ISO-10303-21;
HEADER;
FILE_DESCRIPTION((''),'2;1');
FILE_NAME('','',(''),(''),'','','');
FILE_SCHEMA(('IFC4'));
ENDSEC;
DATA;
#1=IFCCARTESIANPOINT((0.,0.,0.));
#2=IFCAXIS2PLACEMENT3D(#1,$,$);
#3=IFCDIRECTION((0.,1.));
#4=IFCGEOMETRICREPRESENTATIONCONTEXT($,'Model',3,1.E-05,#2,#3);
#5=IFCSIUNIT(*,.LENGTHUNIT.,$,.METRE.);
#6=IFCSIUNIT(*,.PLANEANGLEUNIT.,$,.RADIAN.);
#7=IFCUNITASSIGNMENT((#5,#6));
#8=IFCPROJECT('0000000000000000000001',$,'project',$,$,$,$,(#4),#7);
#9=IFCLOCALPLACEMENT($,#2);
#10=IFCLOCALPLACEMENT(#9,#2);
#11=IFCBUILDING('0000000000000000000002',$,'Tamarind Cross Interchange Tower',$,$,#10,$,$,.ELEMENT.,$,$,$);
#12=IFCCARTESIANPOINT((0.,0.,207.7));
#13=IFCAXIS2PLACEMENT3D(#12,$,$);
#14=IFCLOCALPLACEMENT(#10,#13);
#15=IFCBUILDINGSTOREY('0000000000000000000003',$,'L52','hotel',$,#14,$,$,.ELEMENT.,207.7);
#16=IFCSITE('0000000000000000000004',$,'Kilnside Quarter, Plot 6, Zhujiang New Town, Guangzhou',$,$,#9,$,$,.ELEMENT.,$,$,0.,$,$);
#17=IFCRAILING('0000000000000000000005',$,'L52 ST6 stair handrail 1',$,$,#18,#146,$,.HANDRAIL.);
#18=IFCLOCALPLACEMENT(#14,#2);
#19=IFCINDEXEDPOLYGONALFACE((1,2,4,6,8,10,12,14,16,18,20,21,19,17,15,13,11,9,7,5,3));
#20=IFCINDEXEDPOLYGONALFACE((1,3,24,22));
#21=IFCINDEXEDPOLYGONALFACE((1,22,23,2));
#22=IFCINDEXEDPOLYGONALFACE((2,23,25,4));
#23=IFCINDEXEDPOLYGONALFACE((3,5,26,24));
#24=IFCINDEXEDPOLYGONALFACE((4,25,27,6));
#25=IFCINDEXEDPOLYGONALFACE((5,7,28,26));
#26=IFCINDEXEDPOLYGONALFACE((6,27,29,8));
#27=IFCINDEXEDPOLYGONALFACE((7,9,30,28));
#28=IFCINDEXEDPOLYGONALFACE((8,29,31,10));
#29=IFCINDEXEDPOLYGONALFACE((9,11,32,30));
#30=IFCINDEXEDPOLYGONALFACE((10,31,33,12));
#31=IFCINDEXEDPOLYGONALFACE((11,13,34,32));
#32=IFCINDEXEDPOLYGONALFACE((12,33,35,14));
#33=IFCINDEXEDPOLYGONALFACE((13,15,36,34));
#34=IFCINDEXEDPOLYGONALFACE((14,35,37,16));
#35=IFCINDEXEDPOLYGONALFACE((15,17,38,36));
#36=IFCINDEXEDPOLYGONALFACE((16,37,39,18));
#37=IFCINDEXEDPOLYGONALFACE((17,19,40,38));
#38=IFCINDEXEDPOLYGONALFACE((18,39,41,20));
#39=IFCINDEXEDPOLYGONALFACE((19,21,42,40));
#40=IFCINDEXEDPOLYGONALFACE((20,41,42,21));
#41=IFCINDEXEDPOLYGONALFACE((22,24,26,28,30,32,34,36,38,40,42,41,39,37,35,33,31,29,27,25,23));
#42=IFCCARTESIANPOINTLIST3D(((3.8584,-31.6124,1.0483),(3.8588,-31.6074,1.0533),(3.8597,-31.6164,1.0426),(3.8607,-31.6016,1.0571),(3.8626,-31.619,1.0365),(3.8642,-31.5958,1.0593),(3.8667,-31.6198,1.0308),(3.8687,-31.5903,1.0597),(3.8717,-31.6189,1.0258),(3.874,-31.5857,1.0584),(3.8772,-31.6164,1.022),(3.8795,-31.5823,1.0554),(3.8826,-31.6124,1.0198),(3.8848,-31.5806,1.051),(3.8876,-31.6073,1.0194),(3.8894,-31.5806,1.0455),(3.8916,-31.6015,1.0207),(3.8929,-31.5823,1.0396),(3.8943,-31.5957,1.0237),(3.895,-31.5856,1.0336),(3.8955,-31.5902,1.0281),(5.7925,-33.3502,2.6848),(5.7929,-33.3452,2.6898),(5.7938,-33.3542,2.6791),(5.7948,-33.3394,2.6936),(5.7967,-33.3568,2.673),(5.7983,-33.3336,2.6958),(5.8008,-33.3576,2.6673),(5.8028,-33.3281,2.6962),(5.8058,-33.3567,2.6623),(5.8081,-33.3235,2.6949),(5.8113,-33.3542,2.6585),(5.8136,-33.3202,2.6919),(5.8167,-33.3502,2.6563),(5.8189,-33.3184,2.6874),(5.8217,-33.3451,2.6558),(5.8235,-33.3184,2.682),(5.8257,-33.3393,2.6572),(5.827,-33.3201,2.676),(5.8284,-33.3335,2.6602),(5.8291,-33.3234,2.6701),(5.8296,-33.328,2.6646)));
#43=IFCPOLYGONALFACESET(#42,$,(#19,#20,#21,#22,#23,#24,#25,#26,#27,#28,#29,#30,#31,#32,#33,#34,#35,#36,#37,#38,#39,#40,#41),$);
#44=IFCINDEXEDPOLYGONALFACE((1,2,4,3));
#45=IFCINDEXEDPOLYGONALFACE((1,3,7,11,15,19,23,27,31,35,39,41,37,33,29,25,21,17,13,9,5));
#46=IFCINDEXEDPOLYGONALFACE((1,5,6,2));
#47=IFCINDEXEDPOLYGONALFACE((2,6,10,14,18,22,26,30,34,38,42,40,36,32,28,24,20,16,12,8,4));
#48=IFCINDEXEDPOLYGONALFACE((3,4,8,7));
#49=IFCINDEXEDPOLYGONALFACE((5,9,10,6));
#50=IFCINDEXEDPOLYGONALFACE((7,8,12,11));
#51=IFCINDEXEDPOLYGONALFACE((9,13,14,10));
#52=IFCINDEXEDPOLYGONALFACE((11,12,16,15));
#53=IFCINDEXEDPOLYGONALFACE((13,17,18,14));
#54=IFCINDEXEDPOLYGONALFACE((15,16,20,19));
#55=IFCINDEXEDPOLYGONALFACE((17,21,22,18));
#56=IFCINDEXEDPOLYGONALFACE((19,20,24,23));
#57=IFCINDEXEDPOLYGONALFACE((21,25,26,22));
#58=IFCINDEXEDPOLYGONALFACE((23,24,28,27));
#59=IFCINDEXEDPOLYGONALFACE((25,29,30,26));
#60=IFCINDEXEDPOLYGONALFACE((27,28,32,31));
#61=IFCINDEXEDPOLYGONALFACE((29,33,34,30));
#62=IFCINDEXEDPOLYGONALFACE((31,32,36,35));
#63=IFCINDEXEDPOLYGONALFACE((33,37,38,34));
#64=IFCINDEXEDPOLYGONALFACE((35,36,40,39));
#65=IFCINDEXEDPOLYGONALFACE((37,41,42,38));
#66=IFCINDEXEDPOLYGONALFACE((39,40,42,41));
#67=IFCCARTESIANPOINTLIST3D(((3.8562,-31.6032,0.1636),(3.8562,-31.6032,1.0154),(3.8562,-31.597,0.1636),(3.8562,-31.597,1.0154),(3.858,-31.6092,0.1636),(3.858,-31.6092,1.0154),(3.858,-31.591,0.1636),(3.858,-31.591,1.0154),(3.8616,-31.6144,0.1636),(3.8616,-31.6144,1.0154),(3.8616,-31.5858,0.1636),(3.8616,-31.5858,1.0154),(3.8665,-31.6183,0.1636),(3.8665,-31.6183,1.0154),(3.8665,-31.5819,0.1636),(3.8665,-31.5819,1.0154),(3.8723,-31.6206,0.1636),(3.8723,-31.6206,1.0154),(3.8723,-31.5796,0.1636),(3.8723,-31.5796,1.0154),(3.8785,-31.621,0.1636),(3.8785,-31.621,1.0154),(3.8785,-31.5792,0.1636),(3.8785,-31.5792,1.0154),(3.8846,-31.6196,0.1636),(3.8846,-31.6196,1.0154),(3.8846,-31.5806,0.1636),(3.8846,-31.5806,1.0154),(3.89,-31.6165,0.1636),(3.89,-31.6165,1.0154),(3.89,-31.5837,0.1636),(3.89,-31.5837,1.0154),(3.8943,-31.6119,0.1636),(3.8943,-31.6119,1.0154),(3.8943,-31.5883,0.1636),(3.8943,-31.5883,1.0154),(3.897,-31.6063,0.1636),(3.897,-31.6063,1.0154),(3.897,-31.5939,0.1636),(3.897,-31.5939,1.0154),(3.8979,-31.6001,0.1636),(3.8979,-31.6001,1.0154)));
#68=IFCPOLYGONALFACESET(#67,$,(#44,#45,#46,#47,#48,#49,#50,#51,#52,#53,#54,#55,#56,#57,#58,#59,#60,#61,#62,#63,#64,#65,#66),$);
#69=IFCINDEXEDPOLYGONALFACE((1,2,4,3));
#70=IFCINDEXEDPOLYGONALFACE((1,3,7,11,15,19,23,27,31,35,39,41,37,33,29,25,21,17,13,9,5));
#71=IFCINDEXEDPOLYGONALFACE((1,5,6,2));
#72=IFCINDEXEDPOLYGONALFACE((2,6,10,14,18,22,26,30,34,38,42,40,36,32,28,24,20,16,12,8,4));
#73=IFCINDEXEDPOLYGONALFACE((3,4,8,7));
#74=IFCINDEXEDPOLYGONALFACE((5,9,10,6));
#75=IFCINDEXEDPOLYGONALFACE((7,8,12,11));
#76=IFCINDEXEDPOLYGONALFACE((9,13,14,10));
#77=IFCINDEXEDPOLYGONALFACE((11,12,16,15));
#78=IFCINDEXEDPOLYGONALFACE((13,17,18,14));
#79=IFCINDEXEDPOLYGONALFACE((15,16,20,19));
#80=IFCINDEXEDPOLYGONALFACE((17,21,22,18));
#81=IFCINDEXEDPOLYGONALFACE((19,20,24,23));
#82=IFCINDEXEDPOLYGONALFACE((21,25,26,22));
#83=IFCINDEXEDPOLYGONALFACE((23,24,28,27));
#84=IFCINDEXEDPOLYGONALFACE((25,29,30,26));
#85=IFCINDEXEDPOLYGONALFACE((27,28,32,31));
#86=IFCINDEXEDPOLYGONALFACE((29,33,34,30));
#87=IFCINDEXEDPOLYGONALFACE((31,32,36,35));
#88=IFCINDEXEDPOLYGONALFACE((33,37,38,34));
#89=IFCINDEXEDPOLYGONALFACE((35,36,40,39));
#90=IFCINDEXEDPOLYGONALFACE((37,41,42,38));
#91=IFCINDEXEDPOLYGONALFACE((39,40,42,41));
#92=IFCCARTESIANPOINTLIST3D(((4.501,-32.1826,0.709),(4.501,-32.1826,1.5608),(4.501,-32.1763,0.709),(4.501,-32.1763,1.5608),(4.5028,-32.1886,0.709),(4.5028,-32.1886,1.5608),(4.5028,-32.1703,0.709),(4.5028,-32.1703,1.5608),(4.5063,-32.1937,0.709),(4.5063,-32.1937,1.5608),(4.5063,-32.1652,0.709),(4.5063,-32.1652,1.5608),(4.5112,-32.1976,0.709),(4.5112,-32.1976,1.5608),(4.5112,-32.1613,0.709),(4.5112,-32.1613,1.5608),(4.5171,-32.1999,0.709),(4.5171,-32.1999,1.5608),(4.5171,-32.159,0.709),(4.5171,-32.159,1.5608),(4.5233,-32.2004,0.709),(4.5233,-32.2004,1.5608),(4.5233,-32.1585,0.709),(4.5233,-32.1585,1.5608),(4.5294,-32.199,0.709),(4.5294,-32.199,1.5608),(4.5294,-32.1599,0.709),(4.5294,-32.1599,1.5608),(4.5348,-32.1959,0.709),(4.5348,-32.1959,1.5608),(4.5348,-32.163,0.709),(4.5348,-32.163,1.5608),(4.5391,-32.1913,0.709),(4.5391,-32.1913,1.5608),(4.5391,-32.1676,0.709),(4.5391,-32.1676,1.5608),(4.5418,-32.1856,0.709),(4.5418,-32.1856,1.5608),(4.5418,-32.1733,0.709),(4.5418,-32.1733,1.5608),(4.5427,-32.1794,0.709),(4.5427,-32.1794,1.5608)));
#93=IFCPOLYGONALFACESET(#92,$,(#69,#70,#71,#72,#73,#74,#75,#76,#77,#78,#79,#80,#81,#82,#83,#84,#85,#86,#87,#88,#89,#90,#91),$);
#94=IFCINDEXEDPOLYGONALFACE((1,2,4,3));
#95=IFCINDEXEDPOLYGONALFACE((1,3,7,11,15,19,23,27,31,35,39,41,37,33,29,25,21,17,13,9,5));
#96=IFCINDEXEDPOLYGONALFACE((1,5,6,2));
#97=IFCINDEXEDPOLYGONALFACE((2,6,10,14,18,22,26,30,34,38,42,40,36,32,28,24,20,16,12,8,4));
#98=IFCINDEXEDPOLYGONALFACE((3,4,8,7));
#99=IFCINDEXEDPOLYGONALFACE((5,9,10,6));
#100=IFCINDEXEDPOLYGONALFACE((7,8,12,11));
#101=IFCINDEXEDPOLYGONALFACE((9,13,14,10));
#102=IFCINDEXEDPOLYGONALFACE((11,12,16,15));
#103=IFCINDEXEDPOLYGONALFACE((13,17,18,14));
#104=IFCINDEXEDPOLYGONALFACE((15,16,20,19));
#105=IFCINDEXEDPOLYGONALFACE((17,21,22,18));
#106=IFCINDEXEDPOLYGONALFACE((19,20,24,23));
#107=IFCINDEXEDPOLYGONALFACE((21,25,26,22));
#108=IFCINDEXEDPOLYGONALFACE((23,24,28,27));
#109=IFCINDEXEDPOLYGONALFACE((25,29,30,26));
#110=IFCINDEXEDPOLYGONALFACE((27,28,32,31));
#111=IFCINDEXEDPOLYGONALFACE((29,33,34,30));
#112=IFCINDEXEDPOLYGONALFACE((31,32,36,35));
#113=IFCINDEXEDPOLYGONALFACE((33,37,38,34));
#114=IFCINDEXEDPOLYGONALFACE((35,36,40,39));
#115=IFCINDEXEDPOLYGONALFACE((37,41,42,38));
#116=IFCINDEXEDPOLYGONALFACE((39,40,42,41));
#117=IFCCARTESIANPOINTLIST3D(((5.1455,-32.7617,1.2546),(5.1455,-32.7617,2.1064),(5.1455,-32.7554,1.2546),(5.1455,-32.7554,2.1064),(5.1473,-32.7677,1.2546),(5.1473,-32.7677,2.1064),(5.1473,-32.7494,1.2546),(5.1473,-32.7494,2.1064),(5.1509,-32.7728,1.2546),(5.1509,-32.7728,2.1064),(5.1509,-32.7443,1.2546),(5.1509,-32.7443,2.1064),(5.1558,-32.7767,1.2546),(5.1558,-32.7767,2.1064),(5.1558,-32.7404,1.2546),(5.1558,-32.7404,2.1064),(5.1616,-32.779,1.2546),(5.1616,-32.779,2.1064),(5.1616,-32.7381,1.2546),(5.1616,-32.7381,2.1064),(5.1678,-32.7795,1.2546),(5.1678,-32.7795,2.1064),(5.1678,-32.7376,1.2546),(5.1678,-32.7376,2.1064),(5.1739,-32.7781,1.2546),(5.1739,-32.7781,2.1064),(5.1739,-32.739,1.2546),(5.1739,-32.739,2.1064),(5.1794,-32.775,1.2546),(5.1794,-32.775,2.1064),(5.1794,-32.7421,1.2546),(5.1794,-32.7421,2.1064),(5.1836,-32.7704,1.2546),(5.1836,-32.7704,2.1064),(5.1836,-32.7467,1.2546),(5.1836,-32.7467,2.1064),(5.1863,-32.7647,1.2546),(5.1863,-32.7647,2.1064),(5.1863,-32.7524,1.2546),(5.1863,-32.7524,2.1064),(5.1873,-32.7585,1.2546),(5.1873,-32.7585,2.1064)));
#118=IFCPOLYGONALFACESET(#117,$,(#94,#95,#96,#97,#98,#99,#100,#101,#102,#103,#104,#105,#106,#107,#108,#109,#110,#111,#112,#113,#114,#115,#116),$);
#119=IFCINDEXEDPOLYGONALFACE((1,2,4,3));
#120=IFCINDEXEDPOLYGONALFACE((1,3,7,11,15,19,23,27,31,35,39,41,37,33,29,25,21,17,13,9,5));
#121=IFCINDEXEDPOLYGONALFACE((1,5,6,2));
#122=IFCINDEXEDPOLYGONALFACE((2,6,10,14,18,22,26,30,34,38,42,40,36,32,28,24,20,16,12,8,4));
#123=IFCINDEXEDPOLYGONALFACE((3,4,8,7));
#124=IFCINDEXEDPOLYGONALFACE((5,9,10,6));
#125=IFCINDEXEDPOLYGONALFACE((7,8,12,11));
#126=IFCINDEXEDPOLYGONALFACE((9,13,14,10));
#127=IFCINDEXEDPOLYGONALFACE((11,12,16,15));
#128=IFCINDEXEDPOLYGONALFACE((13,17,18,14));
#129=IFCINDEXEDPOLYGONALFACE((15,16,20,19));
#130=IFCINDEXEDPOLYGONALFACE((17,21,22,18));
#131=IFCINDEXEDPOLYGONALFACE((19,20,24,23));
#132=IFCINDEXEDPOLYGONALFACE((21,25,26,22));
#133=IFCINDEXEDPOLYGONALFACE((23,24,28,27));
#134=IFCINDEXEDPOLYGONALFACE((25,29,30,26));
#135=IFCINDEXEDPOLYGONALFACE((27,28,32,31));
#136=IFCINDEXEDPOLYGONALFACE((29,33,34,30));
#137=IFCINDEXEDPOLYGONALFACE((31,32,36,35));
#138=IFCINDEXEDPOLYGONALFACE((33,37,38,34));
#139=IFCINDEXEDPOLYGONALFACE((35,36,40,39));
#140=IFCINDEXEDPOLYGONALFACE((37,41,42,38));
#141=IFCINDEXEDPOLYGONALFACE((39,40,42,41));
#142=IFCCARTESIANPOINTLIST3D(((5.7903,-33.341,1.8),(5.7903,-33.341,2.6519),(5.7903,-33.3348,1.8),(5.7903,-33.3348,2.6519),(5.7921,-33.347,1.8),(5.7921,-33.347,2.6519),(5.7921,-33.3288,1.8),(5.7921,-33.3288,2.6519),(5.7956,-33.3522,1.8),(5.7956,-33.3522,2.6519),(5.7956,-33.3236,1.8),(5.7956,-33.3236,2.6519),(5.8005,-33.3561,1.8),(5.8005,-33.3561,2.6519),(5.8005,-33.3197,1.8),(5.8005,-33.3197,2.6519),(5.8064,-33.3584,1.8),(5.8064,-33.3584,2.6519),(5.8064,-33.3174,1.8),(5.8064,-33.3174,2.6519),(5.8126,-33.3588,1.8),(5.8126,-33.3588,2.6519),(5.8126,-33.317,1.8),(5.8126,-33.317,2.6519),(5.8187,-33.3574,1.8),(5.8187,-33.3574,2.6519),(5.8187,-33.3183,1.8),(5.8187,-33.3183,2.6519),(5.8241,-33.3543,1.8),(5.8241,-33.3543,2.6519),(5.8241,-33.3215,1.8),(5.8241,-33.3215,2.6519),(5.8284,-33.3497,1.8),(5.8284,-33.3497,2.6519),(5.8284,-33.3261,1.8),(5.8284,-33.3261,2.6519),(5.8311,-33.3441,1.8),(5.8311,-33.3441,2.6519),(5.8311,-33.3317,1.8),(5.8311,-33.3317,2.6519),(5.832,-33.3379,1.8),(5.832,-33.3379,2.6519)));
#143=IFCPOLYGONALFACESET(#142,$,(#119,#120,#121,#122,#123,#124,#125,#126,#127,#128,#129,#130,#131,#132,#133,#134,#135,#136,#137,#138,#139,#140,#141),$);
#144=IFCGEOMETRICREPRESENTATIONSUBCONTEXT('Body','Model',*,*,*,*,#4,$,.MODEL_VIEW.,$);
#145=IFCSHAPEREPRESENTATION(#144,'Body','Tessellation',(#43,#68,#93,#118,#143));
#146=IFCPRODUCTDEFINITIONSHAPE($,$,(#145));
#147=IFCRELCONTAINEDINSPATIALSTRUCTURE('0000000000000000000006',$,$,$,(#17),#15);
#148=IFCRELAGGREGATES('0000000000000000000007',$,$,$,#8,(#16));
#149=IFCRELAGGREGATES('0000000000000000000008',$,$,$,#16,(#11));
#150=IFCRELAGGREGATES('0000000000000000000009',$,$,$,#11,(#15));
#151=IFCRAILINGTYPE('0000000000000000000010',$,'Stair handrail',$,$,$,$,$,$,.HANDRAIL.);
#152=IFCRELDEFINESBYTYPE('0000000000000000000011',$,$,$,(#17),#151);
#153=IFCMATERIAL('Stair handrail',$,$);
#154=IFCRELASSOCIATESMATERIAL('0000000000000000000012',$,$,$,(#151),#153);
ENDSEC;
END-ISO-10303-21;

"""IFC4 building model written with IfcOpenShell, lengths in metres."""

from ifc_helpers import new_model, si_unit, direction, frame, origin, origin_2d, place, context, subcontext, project, spatial, circle, extrude, material, type_object, element, save


model = new_model("IFC4")

# Units and contexts
model_context = context("Model", 3, precision=1e-05, world=origin(), true_north=direction((0.0, 1.0)))
body_context = subcontext(model_context, "Body", "Model", "MODEL_VIEW")
ifc_project = project(units=[si_unit("LENGTHUNIT", "METRE"), si_unit("PLANEANGLEUNIT", "RADIAN")], contexts=[model_context])

# Site, building, storey
site_placement = place(None, origin())
site = spatial("IfcSite", under=ifc_project, at=site_placement, Name="Kilnside Quarter, Plot 6, Zhujiang New Town, Guangzhou", CompositionType="ELEMENT", RefElevation=0.0)
building_placement = place(site_placement, origin())
building = spatial("IfcBuilding", under=site, at=building_placement, Name="Tamarind Cross Interchange Tower", CompositionType="ELEMENT")
storey_placement = place(building_placement, frame((0.0, 0.0, 207.7)))
storey = spatial("IfcBuildingStorey", under=building, at=storey_placement, Name="L52", Description="hotel", CompositionType="ELEMENT", Elevation=207.7)

# Railing
ifc_material_1 = material(Name="Stair handrail")
railing_type_1 = type_object("IfcRailingType", Name="Stair handrail", PredefinedType="HANDRAIL", material=ifc_material_1)
railing_1_placement = place(storey_placement, frame((3.877, -31.6001, 0.1636)))
element("IfcRailing", 1, at=railing_1_placement, inside=storey, type_object=railing_type_1, Name="L52 ST6 stair handrail 1", PredefinedType="HANDRAIL", context=body_context, shape_type="SweptSolid", body=[
    extrude(circle(Radius=0.0239, at=origin_2d()), frame((0.0, 0.0, 0.876), z_axis=(0.629535, -0.565644, 0.532665), x_axis=(0.668352, 0.743845, 0.0)), (0.0, 0.0, 1.0), 3.0723),
    extrude(circle(Radius=0.021, at=origin_2d()), origin(), (0.0, 0.0, 1.0), 0.8518),
    extrude(circle(Radius=0.021, at=origin_2d()), frame((0.6448, -0.5793, 0.5454)), (0.0, 0.0, 1.0), 0.8518),
    extrude(circle(Radius=0.021, at=origin_2d()), frame((1.2893, -1.1584, 1.0911)), (0.0, 0.0, 1.0), 0.8518),
    extrude(circle(Radius=0.021, at=origin_2d()), frame((1.9341, -1.7378, 1.6365)), (0.0, 0.0, 1.0), 0.8518),
])

save(model, "model.ifc")
